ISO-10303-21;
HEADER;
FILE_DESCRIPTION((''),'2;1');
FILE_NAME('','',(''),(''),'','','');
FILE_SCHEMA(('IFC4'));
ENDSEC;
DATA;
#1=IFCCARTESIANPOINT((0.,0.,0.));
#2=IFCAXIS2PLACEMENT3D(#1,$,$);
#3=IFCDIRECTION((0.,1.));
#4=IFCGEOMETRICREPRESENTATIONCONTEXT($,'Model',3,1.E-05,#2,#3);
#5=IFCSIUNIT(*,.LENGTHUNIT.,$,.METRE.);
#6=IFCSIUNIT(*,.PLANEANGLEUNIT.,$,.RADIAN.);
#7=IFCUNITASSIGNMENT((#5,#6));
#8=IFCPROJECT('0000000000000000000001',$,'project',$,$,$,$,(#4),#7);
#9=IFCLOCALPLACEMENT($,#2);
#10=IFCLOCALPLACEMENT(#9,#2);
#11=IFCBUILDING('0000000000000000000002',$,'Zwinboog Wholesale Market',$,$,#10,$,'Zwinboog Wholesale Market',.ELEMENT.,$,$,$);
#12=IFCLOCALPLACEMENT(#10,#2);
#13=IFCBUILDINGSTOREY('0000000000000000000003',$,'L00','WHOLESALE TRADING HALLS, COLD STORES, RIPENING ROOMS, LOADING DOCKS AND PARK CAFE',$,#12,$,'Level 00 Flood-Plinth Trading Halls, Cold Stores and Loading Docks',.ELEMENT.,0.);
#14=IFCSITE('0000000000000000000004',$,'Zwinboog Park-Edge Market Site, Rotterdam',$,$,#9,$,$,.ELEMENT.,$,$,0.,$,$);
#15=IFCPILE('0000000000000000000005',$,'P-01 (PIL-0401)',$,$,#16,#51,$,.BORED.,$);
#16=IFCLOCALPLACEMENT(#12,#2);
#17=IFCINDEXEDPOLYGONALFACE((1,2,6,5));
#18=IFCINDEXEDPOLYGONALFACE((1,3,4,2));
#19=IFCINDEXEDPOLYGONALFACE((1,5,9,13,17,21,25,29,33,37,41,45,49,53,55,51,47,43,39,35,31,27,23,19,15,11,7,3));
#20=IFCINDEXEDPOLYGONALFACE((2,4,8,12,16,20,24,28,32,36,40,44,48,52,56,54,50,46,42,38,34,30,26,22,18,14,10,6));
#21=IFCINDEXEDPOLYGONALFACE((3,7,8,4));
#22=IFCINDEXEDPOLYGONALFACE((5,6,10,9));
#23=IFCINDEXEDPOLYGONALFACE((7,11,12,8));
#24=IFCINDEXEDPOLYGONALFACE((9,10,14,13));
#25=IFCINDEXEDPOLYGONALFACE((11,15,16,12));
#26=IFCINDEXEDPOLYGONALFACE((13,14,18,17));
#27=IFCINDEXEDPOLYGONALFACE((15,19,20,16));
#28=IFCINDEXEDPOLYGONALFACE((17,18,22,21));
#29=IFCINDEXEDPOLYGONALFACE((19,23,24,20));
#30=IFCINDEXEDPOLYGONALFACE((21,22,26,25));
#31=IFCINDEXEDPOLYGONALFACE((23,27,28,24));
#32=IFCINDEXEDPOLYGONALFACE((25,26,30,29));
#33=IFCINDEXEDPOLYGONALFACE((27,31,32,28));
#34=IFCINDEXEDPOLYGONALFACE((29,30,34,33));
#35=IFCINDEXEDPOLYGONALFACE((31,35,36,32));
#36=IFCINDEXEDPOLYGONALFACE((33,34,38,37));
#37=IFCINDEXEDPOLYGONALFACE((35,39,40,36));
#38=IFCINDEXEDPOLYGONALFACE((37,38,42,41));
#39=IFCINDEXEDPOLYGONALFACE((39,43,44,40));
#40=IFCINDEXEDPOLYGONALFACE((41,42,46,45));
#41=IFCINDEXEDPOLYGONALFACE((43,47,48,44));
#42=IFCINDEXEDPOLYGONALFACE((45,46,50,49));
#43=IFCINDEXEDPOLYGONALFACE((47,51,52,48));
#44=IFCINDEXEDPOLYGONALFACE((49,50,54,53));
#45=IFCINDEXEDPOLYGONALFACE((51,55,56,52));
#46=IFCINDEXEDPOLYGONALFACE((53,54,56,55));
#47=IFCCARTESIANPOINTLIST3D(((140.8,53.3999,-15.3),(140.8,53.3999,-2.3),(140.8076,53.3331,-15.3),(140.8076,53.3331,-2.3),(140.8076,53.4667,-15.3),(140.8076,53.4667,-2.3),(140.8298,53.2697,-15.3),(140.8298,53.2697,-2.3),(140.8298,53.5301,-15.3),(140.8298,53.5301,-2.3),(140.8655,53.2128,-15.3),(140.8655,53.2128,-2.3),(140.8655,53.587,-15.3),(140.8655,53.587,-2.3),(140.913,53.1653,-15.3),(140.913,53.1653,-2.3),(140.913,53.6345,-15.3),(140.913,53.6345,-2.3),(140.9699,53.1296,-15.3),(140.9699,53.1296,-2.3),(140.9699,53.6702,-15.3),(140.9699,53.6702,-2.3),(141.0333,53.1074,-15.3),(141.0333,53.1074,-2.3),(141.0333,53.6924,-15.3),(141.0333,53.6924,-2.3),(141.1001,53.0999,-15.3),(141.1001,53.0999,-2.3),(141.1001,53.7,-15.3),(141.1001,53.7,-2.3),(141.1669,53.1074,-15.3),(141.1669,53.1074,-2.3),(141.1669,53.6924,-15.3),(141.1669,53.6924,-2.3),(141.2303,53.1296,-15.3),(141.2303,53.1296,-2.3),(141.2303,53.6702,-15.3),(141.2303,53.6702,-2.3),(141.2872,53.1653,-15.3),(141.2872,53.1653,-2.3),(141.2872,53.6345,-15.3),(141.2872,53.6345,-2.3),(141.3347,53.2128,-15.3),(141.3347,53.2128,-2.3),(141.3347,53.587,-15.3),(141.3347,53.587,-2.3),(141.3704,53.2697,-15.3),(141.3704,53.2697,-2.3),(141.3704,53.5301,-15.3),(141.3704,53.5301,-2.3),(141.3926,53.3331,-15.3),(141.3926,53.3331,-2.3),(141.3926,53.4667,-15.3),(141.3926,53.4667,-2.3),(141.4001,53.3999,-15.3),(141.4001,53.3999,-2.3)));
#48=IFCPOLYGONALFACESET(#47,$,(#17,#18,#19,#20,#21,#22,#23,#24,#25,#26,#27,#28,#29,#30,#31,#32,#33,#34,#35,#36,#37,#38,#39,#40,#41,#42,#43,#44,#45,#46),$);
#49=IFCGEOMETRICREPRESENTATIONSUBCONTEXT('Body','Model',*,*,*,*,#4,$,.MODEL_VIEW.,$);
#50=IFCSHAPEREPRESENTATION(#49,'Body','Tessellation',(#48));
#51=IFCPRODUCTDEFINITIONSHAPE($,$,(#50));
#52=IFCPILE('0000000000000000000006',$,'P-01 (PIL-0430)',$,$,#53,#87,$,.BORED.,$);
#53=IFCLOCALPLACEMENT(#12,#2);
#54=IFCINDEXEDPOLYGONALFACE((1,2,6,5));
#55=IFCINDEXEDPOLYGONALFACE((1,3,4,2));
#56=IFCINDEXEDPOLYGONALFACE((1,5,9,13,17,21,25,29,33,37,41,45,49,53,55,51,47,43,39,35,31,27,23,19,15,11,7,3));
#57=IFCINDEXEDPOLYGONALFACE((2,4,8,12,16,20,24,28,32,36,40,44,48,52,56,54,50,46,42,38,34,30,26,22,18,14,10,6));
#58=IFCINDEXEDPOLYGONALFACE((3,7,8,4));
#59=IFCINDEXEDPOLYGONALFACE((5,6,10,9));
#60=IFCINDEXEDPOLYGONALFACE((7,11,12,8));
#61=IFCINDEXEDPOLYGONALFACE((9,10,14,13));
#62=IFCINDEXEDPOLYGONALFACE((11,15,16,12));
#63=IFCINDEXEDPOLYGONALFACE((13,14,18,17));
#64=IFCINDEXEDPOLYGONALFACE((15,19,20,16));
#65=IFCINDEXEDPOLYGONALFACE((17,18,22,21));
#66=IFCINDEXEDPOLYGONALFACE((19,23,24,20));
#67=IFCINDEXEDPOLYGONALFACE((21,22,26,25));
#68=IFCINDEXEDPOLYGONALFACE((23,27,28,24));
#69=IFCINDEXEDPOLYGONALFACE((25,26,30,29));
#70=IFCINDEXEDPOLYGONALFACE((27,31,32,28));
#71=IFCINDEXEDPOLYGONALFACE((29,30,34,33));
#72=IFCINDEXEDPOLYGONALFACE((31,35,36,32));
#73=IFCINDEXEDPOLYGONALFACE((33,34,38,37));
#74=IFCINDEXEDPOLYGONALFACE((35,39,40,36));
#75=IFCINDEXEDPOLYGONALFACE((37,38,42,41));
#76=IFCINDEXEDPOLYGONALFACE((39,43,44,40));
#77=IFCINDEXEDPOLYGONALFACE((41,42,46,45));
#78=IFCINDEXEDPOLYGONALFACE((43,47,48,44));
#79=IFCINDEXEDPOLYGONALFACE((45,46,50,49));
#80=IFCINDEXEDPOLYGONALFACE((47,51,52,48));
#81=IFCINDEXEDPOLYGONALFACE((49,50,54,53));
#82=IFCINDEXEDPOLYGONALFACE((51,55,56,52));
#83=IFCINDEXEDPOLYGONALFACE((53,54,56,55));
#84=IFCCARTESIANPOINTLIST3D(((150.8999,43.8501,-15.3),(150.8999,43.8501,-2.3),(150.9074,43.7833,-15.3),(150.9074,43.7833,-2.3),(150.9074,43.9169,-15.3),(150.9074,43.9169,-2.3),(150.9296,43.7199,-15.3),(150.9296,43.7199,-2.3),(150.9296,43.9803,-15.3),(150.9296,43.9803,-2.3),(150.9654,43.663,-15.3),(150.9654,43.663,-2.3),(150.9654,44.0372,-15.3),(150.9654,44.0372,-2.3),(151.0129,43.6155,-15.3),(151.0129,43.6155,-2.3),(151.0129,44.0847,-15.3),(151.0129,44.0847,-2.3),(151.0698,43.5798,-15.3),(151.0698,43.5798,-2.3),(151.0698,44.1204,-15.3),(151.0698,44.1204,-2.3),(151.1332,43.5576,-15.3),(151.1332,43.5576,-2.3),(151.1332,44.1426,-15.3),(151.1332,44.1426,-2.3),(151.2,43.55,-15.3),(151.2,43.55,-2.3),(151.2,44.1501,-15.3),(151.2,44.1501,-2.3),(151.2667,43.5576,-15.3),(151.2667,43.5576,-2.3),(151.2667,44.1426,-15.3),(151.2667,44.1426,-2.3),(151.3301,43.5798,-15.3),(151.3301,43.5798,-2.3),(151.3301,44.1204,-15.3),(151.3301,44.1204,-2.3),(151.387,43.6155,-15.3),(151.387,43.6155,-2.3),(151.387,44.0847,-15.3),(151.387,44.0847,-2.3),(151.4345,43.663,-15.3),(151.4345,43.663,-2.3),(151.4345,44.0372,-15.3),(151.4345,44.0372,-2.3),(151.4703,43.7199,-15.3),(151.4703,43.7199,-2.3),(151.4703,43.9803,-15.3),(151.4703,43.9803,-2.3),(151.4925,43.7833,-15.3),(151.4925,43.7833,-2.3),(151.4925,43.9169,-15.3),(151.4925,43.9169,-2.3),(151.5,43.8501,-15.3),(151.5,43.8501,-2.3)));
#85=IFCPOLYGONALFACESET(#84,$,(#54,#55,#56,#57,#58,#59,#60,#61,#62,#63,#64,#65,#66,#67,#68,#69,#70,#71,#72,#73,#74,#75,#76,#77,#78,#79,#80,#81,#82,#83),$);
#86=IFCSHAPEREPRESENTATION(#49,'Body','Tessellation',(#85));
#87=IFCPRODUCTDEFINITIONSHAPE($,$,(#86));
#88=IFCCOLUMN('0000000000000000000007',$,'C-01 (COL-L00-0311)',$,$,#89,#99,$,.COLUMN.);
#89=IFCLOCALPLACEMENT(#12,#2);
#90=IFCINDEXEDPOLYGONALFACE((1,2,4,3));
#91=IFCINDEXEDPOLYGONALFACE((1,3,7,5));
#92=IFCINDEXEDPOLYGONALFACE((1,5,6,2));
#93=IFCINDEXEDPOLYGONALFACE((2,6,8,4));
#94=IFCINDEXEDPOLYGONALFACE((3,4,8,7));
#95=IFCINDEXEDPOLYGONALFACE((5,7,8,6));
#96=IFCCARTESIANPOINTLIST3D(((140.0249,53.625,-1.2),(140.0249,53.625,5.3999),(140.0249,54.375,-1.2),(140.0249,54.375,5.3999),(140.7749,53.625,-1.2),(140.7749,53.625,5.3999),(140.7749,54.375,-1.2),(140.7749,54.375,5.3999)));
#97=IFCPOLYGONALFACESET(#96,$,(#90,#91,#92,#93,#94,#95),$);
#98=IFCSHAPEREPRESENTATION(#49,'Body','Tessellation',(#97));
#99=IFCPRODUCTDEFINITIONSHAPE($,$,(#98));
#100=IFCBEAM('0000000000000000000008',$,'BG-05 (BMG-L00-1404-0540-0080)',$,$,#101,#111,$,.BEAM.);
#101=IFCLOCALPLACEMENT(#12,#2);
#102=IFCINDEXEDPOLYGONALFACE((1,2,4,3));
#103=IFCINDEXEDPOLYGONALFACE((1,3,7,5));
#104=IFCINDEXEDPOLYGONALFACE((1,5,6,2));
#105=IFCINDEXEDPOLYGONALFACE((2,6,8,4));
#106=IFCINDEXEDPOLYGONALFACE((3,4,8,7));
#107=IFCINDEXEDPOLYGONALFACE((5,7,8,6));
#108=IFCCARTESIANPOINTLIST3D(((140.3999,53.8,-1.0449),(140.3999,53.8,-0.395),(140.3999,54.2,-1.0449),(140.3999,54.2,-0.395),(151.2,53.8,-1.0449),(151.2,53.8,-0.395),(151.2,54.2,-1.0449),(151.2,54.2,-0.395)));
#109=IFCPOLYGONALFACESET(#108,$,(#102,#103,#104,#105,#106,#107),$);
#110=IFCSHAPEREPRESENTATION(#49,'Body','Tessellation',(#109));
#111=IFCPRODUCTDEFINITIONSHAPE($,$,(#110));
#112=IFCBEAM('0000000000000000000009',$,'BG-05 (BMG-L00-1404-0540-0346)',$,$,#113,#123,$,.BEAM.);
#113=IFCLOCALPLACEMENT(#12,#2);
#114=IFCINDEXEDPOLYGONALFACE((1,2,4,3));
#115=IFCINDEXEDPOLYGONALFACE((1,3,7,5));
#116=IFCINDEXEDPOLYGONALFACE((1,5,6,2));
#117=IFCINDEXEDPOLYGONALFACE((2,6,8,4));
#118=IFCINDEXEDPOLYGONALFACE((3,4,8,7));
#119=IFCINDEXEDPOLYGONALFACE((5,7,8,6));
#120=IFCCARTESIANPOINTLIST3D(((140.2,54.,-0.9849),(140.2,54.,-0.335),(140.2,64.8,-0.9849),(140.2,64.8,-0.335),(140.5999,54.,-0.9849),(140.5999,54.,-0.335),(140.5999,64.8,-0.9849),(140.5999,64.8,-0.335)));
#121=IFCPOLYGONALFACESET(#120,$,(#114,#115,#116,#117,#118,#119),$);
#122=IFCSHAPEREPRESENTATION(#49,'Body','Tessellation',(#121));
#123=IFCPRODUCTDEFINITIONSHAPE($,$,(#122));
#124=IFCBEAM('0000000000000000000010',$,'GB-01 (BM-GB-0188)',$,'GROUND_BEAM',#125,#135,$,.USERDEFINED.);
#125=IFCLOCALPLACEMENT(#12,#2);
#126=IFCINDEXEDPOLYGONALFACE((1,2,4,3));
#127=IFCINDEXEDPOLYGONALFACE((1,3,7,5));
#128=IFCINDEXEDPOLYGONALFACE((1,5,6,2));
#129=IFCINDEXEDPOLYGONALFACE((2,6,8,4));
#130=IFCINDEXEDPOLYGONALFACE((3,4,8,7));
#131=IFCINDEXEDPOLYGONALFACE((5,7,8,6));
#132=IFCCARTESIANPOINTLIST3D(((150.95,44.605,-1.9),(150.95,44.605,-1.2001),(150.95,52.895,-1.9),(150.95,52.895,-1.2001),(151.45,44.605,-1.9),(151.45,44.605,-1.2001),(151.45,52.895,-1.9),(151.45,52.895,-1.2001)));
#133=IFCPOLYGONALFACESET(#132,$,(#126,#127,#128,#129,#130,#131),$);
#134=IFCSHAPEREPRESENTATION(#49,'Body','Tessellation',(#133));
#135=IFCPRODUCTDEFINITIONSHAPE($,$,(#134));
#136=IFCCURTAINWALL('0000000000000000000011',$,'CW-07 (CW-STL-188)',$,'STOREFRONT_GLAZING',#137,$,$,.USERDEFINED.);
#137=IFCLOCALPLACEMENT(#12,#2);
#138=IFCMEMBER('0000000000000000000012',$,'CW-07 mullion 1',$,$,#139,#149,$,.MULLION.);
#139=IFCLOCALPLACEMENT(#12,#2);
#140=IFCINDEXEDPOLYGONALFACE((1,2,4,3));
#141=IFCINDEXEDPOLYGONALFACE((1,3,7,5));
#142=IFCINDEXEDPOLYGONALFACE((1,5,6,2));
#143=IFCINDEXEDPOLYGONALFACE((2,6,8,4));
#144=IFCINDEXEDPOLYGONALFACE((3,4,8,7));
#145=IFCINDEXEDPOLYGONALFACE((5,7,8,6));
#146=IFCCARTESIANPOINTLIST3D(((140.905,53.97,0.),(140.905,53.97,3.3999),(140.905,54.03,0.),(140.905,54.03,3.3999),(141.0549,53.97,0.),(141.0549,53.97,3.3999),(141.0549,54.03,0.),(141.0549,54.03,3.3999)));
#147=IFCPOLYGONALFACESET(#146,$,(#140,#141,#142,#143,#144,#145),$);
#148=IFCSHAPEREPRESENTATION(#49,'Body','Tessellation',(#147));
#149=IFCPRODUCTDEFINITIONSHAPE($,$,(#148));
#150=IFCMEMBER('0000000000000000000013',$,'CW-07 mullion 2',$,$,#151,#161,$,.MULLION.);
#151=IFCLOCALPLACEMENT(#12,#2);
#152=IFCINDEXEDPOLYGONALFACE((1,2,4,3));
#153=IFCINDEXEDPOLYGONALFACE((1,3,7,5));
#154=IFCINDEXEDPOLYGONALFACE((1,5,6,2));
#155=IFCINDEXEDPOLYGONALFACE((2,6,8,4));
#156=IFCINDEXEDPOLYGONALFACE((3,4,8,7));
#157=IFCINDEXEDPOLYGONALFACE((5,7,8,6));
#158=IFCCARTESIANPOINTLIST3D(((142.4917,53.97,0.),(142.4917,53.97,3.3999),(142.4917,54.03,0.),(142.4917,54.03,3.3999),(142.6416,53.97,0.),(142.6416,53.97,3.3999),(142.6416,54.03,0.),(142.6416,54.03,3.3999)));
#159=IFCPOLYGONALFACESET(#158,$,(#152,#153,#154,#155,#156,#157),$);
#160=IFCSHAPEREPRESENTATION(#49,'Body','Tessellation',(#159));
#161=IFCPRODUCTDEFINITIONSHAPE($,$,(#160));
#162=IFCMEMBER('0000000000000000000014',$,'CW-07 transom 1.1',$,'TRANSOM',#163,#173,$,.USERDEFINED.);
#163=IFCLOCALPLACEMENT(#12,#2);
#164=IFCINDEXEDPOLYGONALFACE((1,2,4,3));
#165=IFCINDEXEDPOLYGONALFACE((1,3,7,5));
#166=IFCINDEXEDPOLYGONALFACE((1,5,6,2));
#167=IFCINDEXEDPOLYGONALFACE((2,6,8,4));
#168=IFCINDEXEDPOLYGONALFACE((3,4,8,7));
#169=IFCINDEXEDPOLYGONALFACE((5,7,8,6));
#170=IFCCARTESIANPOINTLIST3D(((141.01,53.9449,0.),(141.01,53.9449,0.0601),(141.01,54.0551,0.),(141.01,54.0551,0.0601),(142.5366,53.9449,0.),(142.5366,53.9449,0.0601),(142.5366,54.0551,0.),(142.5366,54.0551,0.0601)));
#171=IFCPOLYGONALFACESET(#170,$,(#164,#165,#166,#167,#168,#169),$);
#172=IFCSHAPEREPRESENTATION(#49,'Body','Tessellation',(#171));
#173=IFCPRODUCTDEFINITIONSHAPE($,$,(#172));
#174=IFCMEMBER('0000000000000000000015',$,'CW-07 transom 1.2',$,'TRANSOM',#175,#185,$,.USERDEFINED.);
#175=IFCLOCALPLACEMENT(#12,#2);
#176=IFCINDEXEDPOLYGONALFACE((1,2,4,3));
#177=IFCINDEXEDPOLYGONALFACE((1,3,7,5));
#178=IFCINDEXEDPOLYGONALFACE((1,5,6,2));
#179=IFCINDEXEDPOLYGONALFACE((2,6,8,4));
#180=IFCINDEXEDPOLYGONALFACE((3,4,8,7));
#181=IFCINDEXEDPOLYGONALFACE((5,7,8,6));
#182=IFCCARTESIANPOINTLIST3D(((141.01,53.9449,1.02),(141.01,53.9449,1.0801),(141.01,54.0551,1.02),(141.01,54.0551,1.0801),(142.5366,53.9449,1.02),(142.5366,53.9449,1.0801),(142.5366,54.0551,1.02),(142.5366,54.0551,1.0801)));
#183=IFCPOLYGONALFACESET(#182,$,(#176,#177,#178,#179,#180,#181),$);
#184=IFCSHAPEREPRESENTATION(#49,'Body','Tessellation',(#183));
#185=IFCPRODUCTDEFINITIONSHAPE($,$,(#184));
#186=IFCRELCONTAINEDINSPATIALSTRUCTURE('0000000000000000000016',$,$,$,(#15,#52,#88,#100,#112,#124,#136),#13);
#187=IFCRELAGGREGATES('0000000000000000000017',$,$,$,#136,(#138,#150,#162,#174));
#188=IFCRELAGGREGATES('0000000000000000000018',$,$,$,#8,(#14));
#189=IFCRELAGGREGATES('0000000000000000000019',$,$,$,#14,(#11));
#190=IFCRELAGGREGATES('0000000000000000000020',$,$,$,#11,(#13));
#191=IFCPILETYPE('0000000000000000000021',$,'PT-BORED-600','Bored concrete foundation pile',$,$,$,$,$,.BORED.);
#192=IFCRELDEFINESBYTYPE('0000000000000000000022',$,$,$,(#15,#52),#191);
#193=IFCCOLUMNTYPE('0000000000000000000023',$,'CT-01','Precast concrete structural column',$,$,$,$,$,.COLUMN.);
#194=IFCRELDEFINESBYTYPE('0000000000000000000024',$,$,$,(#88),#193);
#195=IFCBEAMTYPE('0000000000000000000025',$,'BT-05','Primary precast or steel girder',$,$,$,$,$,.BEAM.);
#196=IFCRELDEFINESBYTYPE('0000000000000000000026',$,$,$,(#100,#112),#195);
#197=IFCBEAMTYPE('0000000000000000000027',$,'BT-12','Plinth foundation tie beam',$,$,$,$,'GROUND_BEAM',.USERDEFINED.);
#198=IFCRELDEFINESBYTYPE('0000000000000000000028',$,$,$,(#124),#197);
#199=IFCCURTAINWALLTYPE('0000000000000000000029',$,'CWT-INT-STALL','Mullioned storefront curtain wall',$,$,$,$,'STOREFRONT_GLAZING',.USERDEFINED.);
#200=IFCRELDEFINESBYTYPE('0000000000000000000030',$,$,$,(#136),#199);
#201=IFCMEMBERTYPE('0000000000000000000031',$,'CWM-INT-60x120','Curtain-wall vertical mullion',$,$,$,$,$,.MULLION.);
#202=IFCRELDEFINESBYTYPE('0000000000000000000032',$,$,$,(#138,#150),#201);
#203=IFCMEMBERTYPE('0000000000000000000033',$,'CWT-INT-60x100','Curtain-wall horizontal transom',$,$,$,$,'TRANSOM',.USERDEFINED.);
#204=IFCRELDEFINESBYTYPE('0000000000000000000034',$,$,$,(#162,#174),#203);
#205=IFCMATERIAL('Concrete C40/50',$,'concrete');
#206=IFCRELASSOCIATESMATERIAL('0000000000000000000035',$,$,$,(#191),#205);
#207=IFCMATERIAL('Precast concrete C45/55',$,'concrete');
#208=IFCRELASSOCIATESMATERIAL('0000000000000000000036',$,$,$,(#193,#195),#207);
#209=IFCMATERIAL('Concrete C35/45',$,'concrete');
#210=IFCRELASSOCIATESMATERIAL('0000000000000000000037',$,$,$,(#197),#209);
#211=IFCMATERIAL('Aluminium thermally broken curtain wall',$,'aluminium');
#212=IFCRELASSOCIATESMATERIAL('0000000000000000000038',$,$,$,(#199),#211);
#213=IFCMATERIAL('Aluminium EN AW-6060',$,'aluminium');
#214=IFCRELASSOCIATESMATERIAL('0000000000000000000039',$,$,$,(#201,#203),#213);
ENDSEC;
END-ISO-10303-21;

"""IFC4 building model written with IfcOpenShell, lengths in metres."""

from ifc_helpers import new_model, si_unit, direction, frame, origin, origin_2d, place, context, subcontext, project, spatial, rectangle, circle, extrude, material, material_profile, profile_set, type_object, element, aggregate, save


model = new_model("IFC4")

# Units and contexts
model_context = context("Model", 3, precision=1e-05, world=origin(), true_north=direction((0.0, 1.0)))
body_context = subcontext(model_context, "Body", "Model", "MODEL_VIEW")
ifc_project = project(units=[si_unit("LENGTHUNIT", "METRE"), si_unit("PLANEANGLEUNIT", "RADIAN")], contexts=[model_context])

# Site, building, storey
site_placement = place(None, origin())
site = spatial("IfcSite", under=ifc_project, at=site_placement, Name="Zwinboog Park-Edge Market Site, Rotterdam", CompositionType="ELEMENT", RefElevation=0.0)
building_placement = place(site_placement, origin())
building = spatial("IfcBuilding", under=site, at=building_placement, Name="Zwinboog Wholesale Market", LongName="Zwinboog Wholesale Market", CompositionType="ELEMENT")
storey_placement = place(building_placement, origin())
storey = spatial("IfcBuildingStorey", under=building, at=storey_placement, Name="L00", Description="WHOLESALE TRADING HALLS, COLD STORES, RIPENING ROOMS, LOADING DOCKS AND PARK CAFE", LongName="Level 00 Flood-Plinth Trading Halls, Cold Stores and Loading Docks", CompositionType="ELEMENT", Elevation=0.0)

# Piles
ifc_material_1 = material(Name="Concrete C40/50", Category="concrete")
ifc_material_profile_1 = material_profile(ifc_material_1, circle(Radius=0.3, at=origin_2d()), Name="PILE D600")
ifc_profile_set_1 = profile_set([ifc_material_profile_1], Name="Concrete C40/50")
pile_type = type_object("IfcPileType", Name="PT-BORED-600", Description="Bored concrete foundation pile", PredefinedType="BORED", material=ifc_profile_set_1)
for number, where, z_axis, x_axis, name in (
    (1, (141.1001, 53.3999, -2.3), (0.0, 0.0, -1.0), (1.0, 0.0, 0.0), "P-01 (PIL-0401)"),
    (2, (151.2, 43.8501, -2.3), (0.0, 0.0, -1.0), (1.0, 0.0, 0.0), "P-01 (PIL-0430)"),
):
    element("IfcPile", number, at=place(storey_placement, frame(where, z_axis=z_axis, x_axis=x_axis)), inside=storey, type_object=pile_type, Name=name, PredefinedType="BORED", context=body_context, shape_type="SweptSolid", body=[
        extrude(circle(Radius=0.3, at=origin_2d()), origin(), (0.0, 0.0, 1.0), 13.0),
    ])

# Column
ifc_material_2 = material(Name="Precast concrete C45/55", Category="concrete")
ifc_material_profile_2 = material_profile(ifc_material_2, rectangle(XDim=0.75, YDim=0.75, at=origin_2d()), Name="PC 750x750")
ifc_profile_set_2 = profile_set([ifc_material_profile_2], Name="Precast concrete C45/55")
column_type = type_object("IfcColumnType", Name="CT-01", Description="Precast concrete structural column", PredefinedType="COLUMN", material=ifc_profile_set_2)
column_placement = place(storey_placement, frame((140.3999, 54.0, -1.2), z_axis=(0.0, 0.0, 1.0), x_axis=(1.0, 0.0, 0.0)))
element("IfcColumn", 3, at=column_placement, inside=storey, type_object=column_type, Name="C-01 (COL-L00-0311)", PredefinedType="COLUMN", context=body_context, shape_type="SweptSolid", body=[
    extrude(rectangle(XDim=0.75, YDim=0.75, at=origin_2d()), origin(), (0.0, 0.0, 1.0), 6.5999),
])

# Beams
ifc_material_profile_3 = material_profile(ifc_material_2, rectangle(XDim=0.3999, YDim=0.6499, at=origin_2d()), Name="PC 400x650")
ifc_profile_set_3 = profile_set([ifc_material_profile_3], Name="Precast concrete C45/55")
beam_type_1 = type_object("IfcBeamType", Name="BT-05", Description="Primary precast or steel girder", PredefinedType="BEAM", material=ifc_profile_set_3)
for number, where, z_axis, x_axis, name in (
    (4, (140.3999, 54.0, -0.72), (1.0, 0.0, 0.0), (0.0, 1.0, 0.0), "BG-05 (BMG-L00-1404-0540-0080)"),
    (5, (140.3999, 54.0, -0.6599), (0.0, 1.0, 0.0), (-1.0, 0.0, 0.0), "BG-05 (BMG-L00-1404-0540-0346)"),
):
    element("IfcBeam", number, at=place(storey_placement, frame(where, z_axis=z_axis, x_axis=x_axis)), inside=storey, type_object=beam_type_1, Name=name, PredefinedType="BEAM", context=body_context, shape_type="SweptSolid", body=[
        extrude(rectangle(XDim=0.3999, YDim=0.6499, at=origin_2d()), origin(), (0.0, 0.0, 1.0), 10.8),
    ])
ifc_material_3 = material(Name="Concrete C35/45", Category="concrete")
ifc_material_profile_4 = material_profile(ifc_material_3, rectangle(XDim=0.5, YDim=0.7, at=origin_2d()), Name="RC 500x700")
ifc_profile_set_4 = profile_set([ifc_material_profile_4], Name="Concrete C35/45")
beam_type_2 = type_object("IfcBeamType", Name="BT-12", Description="Plinth foundation tie beam", ElementType="GROUND_BEAM", PredefinedType="USERDEFINED", material=ifc_profile_set_4)
beam_placement = place(storey_placement, frame((151.2, 44.605, -1.55), z_axis=(0.0, 1.0, 0.0), x_axis=(-1.0, 0.0, 0.0)))
element("IfcBeam", 6, at=beam_placement, inside=storey, type_object=beam_type_2, Name="GB-01 (BM-GB-0188)", ObjectType="GROUND_BEAM", PredefinedType="USERDEFINED", context=body_context, shape_type="SweptSolid", body=[
    extrude(rectangle(XDim=0.5, YDim=0.7, at=origin_2d()), origin(), (0.0, 0.0, 1.0), 8.29),
])

# Curtain wall, members
ifc_material_4 = material(Name="Aluminium thermally broken curtain wall", Category="aluminium")
curtain_wall_type = type_object("IfcCurtainWallType", Name="CWT-INT-STALL", Description="Mullioned storefront curtain wall", ElementType="STOREFRONT_GLAZING", PredefinedType="USERDEFINED", material=ifc_material_4)
curtain_wall_placement = place(storey_placement, origin())
curtain_wall = element("IfcCurtainWall", 7, at=curtain_wall_placement, inside=storey, type_object=curtain_wall_type, Name="CW-07 (CW-STL-188)", ObjectType="STOREFRONT_GLAZING", PredefinedType="USERDEFINED")
ifc_material_5 = material(Name="Aluminium EN AW-6060", Category="aluminium")
ifc_material_profile_5 = material_profile(ifc_material_5, rectangle(XDim=0.0601, YDim=0.1499, at=origin_2d()), Name="AL 60x150")
ifc_profile_set_5 = profile_set([ifc_material_profile_5], Name="Aluminium EN AW-6060")
member_type_1 = type_object("IfcMemberType", Name="CWM-INT-60x120", Description="Curtain-wall vertical mullion", PredefinedType="MULLION", material=ifc_profile_set_5)
member_1_placement = place(storey_placement, frame((140.98, 54.0, 0.0), z_axis=(0.0, 0.0, 1.0), x_axis=(0.0, 1.0, 0.0)))
member_1 = element("IfcMember", 8, at=member_1_placement, type_object=member_type_1, Name="CW-07 mullion 1", PredefinedType="MULLION", context=body_context, shape_type="SweptSolid", body=[
    extrude(rectangle(XDim=0.0601, YDim=0.1499, at=origin_2d()), origin(), (0.0, 0.0, 1.0), 3.3999),
])
member_2_placement = place(storey_placement, frame((142.5667, 54.0, 0.0), z_axis=(0.0, 0.0, 1.0), x_axis=(0.0, 1.0, 0.0)))
member_2 = element("IfcMember", 9, at=member_2_placement, type_object=member_type_1, Name="CW-07 mullion 2", PredefinedType="MULLION", context=body_context, shape_type="SweptSolid", body=[
    extrude(rectangle(XDim=0.0601, YDim=0.1499, at=origin_2d()), origin(), (0.0, 0.0, 1.0), 3.3999),
])
ifc_material_profile_6 = material_profile(ifc_material_5, rectangle(XDim=0.1101, YDim=0.0601, at=origin_2d()), Name="AL 60x110")
ifc_profile_set_6 = profile_set([ifc_material_profile_6], Name="Aluminium EN AW-6060")
member_type_2 = type_object("IfcMemberType", Name="CWT-INT-60x100", Description="Curtain-wall horizontal transom", ElementType="TRANSOM", PredefinedType="USERDEFINED", material=ifc_profile_set_6)
member_3_placement = place(storey_placement, frame((141.01, 54.0, 0.03), z_axis=(1.0, 0.0, 0.0), x_axis=(0.0, 1.0, 0.0)))
member_3 = element("IfcMember", 10, at=member_3_placement, type_object=member_type_2, Name="CW-07 transom 1.1", ObjectType="TRANSOM", PredefinedType="USERDEFINED", context=body_context, shape_type="SweptSolid", body=[
    extrude(rectangle(XDim=0.1101, YDim=0.0601, at=origin_2d()), origin(), (0.0, 0.0, 1.0), 1.5266),
])
member_4_placement = place(storey_placement, frame((141.01, 54.0, 1.05), z_axis=(1.0, 0.0, 0.0), x_axis=(0.0, 1.0, 0.0)))
member_4 = element("IfcMember", 11, at=member_4_placement, type_object=member_type_2, Name="CW-07 transom 1.2", ObjectType="TRANSOM", PredefinedType="USERDEFINED", context=body_context, shape_type="SweptSolid", body=[
    extrude(rectangle(XDim=0.1101, YDim=0.0601, at=origin_2d()), origin(), (0.0, 0.0, 1.0), 1.5266),
])
aggregate(curtain_wall, [member_1, member_2, member_3, member_4])

save(model, "model.ifc")
